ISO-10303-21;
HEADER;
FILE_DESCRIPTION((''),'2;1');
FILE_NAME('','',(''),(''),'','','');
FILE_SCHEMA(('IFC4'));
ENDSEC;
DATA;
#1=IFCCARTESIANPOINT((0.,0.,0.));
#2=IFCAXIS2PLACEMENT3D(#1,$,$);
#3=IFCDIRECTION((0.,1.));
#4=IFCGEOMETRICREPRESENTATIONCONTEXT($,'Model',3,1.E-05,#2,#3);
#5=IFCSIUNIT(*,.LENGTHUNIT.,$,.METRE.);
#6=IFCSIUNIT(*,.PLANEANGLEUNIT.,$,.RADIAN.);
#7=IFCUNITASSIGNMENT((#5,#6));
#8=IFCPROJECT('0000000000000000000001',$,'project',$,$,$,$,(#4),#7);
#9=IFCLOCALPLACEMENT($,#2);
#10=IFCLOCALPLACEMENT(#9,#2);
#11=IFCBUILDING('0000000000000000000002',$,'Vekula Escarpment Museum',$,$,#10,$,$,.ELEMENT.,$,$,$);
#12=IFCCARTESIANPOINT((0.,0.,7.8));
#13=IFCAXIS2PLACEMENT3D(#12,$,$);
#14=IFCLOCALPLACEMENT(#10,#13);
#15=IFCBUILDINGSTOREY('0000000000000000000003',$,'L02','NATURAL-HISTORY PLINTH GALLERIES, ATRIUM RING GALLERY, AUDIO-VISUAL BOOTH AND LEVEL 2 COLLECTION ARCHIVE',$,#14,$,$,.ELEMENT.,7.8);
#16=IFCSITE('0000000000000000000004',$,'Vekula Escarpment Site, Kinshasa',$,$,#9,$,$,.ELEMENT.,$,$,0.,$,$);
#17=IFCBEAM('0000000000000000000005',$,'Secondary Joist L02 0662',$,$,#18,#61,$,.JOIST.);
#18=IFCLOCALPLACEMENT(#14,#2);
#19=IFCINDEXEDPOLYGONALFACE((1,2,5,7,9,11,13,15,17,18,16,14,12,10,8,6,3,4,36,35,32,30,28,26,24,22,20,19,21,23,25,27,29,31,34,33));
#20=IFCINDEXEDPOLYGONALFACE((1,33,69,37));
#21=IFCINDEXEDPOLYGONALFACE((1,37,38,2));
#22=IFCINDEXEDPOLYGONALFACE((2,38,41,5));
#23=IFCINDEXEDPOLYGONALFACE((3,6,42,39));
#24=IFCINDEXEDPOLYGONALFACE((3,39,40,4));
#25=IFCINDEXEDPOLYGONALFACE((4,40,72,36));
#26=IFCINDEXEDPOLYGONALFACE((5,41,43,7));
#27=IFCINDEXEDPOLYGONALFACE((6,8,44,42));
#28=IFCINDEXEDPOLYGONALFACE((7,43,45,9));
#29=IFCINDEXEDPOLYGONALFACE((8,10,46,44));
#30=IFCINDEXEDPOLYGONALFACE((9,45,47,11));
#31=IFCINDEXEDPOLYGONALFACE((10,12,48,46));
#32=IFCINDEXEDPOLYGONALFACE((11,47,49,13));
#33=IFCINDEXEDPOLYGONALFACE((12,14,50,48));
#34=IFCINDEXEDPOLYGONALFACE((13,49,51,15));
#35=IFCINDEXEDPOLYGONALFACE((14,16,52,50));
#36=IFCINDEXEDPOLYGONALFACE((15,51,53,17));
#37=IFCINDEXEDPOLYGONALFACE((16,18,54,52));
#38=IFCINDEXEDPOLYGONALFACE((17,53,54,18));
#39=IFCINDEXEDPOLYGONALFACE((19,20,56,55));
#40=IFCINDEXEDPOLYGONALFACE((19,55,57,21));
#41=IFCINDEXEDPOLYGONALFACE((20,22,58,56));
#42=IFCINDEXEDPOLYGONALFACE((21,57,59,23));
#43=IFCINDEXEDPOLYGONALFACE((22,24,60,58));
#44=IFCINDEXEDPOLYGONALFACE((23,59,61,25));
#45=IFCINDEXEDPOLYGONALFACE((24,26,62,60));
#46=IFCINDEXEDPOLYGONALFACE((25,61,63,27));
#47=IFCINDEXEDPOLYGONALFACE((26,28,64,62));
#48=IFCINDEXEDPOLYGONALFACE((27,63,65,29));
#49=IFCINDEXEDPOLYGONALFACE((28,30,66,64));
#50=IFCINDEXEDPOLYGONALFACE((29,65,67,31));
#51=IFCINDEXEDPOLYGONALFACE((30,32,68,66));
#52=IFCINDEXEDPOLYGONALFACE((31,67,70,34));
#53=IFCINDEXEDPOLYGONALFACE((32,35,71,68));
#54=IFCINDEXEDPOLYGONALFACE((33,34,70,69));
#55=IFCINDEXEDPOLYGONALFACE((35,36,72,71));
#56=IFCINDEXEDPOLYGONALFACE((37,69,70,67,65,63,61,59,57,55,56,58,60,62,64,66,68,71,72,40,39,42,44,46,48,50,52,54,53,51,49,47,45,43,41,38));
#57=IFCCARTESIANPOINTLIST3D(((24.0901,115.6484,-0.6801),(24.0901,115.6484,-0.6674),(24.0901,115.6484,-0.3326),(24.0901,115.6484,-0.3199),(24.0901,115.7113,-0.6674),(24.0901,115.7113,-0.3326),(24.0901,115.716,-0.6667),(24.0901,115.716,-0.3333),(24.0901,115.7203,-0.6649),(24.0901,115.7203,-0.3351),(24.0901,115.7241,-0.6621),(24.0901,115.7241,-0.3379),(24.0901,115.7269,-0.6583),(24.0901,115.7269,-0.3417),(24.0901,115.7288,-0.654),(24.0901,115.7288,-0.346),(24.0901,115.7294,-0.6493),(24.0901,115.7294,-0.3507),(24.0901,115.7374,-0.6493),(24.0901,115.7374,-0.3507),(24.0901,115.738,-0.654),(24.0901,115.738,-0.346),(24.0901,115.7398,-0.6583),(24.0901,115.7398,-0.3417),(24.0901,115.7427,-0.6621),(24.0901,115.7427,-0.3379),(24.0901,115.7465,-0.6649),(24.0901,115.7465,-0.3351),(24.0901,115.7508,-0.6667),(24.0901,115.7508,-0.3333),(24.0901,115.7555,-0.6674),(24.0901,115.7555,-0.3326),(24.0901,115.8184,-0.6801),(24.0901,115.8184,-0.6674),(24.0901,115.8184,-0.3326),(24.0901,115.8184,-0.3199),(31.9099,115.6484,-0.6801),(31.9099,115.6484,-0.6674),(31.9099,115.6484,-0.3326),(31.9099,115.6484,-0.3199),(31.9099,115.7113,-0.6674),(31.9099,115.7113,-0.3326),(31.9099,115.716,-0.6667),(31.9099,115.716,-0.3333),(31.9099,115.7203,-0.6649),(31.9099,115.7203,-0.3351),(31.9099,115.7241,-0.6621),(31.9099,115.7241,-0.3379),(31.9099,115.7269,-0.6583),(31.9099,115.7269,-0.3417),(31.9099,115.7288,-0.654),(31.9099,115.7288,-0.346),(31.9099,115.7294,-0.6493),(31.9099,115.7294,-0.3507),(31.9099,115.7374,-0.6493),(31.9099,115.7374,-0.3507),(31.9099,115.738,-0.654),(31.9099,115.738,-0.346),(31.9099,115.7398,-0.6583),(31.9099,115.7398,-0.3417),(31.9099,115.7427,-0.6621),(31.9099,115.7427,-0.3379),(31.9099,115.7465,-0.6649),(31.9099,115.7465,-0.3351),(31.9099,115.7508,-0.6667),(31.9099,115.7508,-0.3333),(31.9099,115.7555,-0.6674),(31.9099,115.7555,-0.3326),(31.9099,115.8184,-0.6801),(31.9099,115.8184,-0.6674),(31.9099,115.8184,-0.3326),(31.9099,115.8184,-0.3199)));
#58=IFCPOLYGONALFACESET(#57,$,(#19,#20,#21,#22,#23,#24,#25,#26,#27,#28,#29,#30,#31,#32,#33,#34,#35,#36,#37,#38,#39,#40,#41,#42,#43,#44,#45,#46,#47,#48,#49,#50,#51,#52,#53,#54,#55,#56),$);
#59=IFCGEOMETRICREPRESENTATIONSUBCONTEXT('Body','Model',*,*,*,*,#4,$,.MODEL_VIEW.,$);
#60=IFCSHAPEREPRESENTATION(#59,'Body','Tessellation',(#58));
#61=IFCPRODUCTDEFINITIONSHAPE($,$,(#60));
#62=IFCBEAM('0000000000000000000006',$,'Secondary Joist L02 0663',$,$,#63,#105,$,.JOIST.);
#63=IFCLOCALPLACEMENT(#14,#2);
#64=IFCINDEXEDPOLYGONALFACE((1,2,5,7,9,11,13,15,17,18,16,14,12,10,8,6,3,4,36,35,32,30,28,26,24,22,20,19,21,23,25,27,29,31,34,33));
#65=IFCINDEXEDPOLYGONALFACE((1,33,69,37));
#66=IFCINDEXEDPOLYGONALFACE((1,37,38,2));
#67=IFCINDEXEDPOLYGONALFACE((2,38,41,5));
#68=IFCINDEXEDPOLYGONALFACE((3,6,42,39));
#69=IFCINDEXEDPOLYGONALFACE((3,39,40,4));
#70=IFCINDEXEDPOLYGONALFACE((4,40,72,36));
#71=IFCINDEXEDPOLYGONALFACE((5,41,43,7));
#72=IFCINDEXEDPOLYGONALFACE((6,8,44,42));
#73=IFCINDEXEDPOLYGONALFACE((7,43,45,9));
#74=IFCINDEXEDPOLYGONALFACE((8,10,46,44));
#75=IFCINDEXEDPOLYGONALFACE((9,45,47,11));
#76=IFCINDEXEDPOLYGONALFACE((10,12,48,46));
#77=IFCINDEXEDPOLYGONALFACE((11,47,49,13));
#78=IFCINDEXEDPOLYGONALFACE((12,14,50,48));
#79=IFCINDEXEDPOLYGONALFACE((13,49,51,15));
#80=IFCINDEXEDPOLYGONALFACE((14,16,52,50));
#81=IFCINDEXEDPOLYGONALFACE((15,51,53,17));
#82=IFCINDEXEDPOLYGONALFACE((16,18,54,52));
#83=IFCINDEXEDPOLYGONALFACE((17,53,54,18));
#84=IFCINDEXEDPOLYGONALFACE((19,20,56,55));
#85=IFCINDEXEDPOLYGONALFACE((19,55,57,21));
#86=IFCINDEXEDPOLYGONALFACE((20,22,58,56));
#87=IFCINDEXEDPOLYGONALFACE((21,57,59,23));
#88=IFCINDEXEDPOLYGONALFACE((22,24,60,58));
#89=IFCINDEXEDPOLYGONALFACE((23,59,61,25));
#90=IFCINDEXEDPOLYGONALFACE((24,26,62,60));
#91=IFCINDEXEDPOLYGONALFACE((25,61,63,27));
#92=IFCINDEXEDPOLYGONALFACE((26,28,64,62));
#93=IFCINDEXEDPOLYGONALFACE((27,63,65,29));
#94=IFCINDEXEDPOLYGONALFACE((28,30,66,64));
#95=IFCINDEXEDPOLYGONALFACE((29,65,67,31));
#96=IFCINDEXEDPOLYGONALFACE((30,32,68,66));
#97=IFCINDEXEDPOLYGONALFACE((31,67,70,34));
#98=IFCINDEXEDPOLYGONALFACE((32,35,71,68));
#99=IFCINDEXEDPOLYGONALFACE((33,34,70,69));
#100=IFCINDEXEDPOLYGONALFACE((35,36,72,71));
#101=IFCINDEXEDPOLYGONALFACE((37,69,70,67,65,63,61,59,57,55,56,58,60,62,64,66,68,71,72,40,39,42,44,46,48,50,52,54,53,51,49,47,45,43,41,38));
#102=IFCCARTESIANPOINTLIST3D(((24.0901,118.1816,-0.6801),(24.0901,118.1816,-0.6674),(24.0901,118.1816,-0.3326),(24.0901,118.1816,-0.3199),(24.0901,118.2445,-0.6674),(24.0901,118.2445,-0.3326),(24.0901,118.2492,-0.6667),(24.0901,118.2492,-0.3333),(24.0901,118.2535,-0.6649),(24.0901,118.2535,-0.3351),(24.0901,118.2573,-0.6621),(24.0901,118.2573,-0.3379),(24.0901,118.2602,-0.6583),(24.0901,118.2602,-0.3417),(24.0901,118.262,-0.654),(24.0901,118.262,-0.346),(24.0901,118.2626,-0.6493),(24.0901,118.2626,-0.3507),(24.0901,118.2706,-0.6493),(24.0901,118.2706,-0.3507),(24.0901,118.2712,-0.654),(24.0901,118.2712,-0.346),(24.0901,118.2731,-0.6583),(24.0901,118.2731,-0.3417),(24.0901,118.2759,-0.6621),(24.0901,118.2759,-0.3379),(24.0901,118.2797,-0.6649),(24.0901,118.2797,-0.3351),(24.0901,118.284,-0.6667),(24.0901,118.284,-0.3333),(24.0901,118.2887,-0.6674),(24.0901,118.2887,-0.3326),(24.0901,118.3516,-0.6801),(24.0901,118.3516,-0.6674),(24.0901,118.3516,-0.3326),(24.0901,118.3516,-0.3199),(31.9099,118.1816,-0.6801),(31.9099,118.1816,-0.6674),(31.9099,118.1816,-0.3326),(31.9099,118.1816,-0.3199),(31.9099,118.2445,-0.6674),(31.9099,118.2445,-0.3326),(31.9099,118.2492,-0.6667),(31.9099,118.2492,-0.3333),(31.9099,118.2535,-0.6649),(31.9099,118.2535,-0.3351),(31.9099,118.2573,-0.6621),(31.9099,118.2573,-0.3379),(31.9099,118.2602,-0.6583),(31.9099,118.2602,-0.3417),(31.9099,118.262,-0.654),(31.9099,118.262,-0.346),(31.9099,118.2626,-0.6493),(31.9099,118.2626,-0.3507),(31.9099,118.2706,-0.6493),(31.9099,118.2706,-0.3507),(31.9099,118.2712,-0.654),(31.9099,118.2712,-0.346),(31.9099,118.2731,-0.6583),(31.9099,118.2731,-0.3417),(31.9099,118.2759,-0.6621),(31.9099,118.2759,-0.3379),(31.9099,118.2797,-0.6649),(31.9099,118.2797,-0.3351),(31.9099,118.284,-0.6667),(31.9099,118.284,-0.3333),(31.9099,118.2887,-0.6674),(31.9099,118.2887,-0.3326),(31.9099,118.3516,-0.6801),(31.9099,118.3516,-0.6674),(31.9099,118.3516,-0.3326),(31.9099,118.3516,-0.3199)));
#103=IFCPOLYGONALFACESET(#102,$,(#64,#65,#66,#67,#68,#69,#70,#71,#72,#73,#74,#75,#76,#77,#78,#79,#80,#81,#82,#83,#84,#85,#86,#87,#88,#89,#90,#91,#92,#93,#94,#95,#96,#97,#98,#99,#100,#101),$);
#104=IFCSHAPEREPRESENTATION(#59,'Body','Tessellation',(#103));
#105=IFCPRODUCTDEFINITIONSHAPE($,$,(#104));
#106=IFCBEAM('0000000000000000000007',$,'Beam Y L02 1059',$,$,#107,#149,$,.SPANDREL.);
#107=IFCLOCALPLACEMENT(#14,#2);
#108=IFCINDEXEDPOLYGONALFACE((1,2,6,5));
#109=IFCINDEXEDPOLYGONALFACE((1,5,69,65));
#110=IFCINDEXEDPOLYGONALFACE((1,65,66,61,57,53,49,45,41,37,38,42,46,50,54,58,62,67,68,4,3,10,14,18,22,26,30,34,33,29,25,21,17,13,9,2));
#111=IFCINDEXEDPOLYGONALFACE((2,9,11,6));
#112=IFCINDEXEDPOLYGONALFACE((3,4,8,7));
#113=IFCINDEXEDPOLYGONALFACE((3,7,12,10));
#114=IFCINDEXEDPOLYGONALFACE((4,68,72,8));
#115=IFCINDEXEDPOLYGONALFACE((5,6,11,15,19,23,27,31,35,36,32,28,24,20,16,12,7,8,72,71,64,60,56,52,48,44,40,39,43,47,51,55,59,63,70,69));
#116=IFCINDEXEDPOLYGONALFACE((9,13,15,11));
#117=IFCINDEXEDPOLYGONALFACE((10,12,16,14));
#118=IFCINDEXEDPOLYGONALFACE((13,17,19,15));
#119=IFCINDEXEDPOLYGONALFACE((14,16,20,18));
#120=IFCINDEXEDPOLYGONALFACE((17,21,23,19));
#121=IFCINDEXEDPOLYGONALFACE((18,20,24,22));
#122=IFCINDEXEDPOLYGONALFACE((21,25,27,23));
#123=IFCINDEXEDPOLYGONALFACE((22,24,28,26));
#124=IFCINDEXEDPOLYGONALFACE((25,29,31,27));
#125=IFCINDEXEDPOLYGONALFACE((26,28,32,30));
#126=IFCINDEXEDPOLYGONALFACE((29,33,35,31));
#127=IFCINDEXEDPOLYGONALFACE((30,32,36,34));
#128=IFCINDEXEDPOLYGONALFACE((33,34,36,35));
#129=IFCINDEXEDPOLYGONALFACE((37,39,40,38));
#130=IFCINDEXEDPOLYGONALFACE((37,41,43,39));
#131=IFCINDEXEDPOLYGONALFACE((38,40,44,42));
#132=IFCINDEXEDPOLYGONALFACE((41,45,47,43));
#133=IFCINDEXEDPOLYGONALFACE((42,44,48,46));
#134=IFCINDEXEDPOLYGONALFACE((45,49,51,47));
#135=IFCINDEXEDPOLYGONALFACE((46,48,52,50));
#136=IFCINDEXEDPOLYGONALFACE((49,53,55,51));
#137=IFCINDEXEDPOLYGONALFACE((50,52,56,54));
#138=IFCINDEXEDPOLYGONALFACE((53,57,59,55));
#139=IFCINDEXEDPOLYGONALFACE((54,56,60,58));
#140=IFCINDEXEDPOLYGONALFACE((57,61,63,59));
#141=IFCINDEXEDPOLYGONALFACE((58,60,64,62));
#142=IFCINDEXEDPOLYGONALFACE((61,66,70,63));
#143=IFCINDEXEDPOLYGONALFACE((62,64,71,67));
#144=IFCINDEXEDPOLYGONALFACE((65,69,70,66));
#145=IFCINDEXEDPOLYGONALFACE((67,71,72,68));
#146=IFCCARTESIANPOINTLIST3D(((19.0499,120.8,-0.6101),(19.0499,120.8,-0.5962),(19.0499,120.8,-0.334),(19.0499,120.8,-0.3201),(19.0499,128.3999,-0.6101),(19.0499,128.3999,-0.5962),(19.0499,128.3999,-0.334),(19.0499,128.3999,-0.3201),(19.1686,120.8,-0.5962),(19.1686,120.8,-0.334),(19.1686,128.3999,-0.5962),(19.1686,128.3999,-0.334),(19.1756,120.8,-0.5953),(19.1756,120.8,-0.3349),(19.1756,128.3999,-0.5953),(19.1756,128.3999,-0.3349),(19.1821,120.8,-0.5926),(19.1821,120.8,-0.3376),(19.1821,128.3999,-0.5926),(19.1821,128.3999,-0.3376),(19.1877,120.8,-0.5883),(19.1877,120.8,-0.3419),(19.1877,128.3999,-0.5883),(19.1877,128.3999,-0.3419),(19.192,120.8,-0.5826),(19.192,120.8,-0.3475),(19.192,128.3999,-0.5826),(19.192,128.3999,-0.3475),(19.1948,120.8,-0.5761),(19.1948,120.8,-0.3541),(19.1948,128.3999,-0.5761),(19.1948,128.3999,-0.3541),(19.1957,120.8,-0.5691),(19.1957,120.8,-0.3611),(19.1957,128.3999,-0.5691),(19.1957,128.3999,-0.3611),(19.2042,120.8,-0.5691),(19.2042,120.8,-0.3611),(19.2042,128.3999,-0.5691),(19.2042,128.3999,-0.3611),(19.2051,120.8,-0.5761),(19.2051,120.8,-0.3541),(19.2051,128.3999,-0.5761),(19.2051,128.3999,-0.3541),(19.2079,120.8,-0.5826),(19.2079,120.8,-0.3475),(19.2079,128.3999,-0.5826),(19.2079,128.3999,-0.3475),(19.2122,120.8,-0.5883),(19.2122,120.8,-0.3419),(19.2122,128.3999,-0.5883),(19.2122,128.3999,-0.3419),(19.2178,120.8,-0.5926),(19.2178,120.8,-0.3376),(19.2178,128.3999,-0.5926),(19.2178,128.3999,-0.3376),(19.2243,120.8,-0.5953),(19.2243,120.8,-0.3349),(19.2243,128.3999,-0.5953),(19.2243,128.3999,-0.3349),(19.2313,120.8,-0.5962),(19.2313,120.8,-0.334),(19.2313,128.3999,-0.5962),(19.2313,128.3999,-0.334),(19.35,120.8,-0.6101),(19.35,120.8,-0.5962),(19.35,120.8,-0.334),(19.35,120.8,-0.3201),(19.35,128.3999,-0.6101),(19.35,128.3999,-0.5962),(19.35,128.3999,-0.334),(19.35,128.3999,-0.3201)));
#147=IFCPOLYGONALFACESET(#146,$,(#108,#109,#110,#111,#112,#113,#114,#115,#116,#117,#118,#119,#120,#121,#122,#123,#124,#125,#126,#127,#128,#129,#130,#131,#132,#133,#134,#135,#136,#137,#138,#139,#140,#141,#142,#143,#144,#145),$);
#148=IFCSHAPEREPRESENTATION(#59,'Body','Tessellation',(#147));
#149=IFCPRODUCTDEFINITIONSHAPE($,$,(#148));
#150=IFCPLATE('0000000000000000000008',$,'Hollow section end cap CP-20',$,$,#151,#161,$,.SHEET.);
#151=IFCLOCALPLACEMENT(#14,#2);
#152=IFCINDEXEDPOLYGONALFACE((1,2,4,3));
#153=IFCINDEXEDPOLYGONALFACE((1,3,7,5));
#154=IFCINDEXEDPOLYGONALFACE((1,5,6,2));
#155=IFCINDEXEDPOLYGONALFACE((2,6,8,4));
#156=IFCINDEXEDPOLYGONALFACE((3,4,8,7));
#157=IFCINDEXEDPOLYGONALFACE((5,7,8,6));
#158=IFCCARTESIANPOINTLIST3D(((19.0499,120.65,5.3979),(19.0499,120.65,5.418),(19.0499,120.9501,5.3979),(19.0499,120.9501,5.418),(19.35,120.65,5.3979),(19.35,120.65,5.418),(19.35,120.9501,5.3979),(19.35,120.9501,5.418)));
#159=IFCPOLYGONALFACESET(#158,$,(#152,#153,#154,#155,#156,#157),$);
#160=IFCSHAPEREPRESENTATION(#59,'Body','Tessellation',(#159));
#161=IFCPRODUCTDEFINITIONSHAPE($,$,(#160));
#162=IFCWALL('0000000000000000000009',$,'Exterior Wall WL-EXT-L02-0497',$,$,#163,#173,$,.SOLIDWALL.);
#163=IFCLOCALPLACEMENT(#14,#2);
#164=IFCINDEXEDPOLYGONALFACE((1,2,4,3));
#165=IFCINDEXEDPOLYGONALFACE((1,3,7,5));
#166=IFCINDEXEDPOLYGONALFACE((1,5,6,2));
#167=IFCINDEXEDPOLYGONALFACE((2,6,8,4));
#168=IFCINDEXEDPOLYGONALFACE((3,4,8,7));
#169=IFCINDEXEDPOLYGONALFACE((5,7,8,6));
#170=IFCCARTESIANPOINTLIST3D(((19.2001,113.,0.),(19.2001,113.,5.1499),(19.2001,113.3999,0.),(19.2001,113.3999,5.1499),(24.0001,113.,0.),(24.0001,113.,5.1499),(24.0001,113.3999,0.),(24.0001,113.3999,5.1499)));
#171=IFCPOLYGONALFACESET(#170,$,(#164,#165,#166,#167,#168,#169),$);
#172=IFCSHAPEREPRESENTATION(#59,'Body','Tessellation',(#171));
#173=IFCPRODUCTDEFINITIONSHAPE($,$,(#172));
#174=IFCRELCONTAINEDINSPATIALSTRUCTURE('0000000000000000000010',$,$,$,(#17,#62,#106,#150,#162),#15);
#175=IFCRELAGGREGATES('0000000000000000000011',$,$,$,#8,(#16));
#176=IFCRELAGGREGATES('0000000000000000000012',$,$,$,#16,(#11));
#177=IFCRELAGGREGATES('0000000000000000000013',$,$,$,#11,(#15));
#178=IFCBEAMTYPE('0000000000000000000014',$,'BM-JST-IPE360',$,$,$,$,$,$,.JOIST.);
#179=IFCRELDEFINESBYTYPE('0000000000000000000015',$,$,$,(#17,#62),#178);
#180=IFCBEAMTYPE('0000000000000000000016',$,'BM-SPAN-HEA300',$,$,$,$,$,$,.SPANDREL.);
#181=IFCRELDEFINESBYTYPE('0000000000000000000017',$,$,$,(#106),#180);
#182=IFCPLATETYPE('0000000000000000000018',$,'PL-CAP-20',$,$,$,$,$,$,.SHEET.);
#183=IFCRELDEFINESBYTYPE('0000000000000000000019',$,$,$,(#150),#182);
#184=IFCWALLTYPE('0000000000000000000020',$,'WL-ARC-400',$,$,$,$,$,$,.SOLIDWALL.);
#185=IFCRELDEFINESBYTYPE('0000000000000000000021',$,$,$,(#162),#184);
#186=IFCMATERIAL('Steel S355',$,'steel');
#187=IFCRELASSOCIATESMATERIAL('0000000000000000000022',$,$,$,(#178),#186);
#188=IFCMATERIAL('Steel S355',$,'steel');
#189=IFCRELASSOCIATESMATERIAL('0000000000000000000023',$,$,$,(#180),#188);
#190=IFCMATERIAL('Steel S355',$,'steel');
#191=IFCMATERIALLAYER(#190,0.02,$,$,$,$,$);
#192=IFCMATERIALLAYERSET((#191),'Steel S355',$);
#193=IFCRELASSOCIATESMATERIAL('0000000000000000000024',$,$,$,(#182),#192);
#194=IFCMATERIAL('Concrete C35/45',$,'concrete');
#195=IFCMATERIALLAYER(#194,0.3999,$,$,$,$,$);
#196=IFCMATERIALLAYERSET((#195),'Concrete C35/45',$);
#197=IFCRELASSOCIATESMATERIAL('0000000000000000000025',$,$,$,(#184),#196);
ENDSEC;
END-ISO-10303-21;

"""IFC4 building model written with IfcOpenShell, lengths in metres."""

from ifc_helpers import new_model, si_unit, direction, frame, frame_2d, origin, origin_2d, place, context, subcontext, project, spatial, rectangle, i_section, extrude, material, layer, layer_set, material_profile, profile_set, type_object, element, save


model = new_model("IFC4")

# Units and contexts
model_context = context("Model", 3, precision=1e-05, world=origin(), true_north=direction((0.0, 1.0)))
body_context = subcontext(model_context, "Body", "Model", "MODEL_VIEW")
ifc_project = project(units=[si_unit("LENGTHUNIT", "METRE"), si_unit("PLANEANGLEUNIT", "RADIAN")], contexts=[model_context])

# Site, building, storey
site_placement = place(None, origin())
site = spatial("IfcSite", under=ifc_project, at=site_placement, Name="Vekula Escarpment Site, Kinshasa", CompositionType="ELEMENT", RefElevation=0.0)
building_placement = place(site_placement, origin())
building = spatial("IfcBuilding", under=site, at=building_placement, Name="Vekula Escarpment Museum", CompositionType="ELEMENT")
storey_placement = place(building_placement, frame((0.0, 0.0, 7.8)))
storey = spatial("IfcBuildingStorey", under=building, at=storey_placement, Name="L02", Description="NATURAL-HISTORY PLINTH GALLERIES, ATRIUM RING GALLERY, AUDIO-VISUAL BOOTH AND LEVEL 2 COLLECTION ARCHIVE", CompositionType="ELEMENT", Elevation=7.8)

# Beams
ifc_material_1 = material(Name="Steel S355", Category="steel")
ifc_material_profile_1 = material_profile(ifc_material_1, i_section(OverallWidth=0.1699, OverallDepth=0.3601, WebThickness=0.0081, FlangeThickness=0.0127, FilletRadius=0.0181, at=origin_2d()), Name="IPE 360")
ifc_profile_set_1 = profile_set([ifc_material_profile_1], Name="Steel S355")
beam_type_1 = type_object("IfcBeamType", Name="BM-JST-IPE360", PredefinedType="JOIST", material=ifc_profile_set_1)
for number, where, z_axis, x_axis, name in (
    (1, (24.0901, 115.7334, -0.5), (1.0, 0.0, 0.0), (0.0, 1.0, 0.0), "Secondary Joist L02 0662"),
    (2, (24.0901, 118.2666, -0.5), (1.0, 0.0, 0.0), (0.0, 1.0, 0.0), "Secondary Joist L02 0663"),
):
    element("IfcBeam", number, at=place(storey_placement, frame(where, z_axis=z_axis, x_axis=x_axis)), inside=storey, type_object=beam_type_1, Name=name, PredefinedType="JOIST", context=body_context, shape_type="SweptSolid", body=[
        extrude(i_section(OverallWidth=0.1699, OverallDepth=0.3601, WebThickness=0.0081, FlangeThickness=0.0127, FilletRadius=0.0181, at=origin_2d()), origin(), (0.0, 0.0, 1.0), 7.8198),
    ])
ifc_material_2 = material(Name="Steel S355", Category="steel")
ifc_material_profile_2 = material_profile(ifc_material_2, i_section(OverallWidth=0.3, OverallDepth=0.29, WebThickness=0.0085, FlangeThickness=0.0139, FilletRadius=0.0271, at=origin_2d()), Name="HEA 300")
ifc_profile_set_2 = profile_set([ifc_material_profile_2], Name="Steel S355")
beam_type_2 = type_object("IfcBeamType", Name="BM-SPAN-HEA300", PredefinedType="SPANDREL", material=ifc_profile_set_2)
beam_1_placement = place(storey_placement, frame((19.2, 120.8, -0.4651), z_axis=(0.0, 1.0, 0.0), x_axis=(-1.0, 0.0, 0.0)))
element("IfcBeam", 3, at=beam_1_placement, inside=storey, type_object=beam_type_2, Name="Beam Y L02 1059", PredefinedType="SPANDREL", context=body_context, shape_type="SweptSolid", body=[
    extrude(i_section(OverallWidth=0.3, OverallDepth=0.29, WebThickness=0.0085, FlangeThickness=0.0139, FilletRadius=0.0271, at=origin_2d()), origin(), (0.0, 0.0, 1.0), 7.5999),
])

# Plate
ifc_material_3 = material(Name="Steel S355", Category="steel")
ifc_layer_1 = layer(ifc_material_3, 0.02)
ifc_layer_set_1 = layer_set([ifc_layer_1], Name="Steel S355")
plate_type = type_object("IfcPlateType", Name="PL-CAP-20", PredefinedType="SHEET", material=ifc_layer_set_1)
plate_placement = place(storey_placement, frame((19.2, 120.8, 5.3979), z_axis=(0.0, 0.0, 1.0), x_axis=(1.0, 0.0, 0.0)))
element("IfcPlate", 4, at=plate_placement, inside=storey, type_object=plate_type, Name="Hollow section end cap CP-20", PredefinedType="SHEET", context=body_context, shape_type="SweptSolid", body=[
    extrude(rectangle(XDim=0.3, YDim=0.3, at=origin_2d()), origin(), (0.0, 0.0, 1.0), 0.02),
])

# Wall
ifc_material_4 = material(Name="Concrete C35/45", Category="concrete")
ifc_layer_2 = layer(ifc_material_4, 0.3999)
ifc_layer_set_2 = layer_set([ifc_layer_2], Name="Concrete C35/45")
wall_type_1 = type_object("IfcWallType", Name="WL-ARC-400", PredefinedType="SOLIDWALL", material=ifc_layer_set_2)
wall_1_placement = place(storey_placement, frame((24.0, 113.2, 0.0), z_axis=(0.0, 0.0, 1.0), x_axis=(-1.0, 0.0, 0.0)))
element("IfcWall", 5, at=wall_1_placement, inside=storey, type_object=wall_type_1, Name="Exterior Wall WL-EXT-L02-0497", PredefinedType="SOLIDWALL", context=body_context, shape_type="SweptSolid", body=[
    extrude(rectangle(XDim=4.8, YDim=0.3999, at=frame_2d((2.3999, 0.0))), origin(), (0.0, 0.0, 1.0), 5.1499),
])

save(model, "model.ifc")
